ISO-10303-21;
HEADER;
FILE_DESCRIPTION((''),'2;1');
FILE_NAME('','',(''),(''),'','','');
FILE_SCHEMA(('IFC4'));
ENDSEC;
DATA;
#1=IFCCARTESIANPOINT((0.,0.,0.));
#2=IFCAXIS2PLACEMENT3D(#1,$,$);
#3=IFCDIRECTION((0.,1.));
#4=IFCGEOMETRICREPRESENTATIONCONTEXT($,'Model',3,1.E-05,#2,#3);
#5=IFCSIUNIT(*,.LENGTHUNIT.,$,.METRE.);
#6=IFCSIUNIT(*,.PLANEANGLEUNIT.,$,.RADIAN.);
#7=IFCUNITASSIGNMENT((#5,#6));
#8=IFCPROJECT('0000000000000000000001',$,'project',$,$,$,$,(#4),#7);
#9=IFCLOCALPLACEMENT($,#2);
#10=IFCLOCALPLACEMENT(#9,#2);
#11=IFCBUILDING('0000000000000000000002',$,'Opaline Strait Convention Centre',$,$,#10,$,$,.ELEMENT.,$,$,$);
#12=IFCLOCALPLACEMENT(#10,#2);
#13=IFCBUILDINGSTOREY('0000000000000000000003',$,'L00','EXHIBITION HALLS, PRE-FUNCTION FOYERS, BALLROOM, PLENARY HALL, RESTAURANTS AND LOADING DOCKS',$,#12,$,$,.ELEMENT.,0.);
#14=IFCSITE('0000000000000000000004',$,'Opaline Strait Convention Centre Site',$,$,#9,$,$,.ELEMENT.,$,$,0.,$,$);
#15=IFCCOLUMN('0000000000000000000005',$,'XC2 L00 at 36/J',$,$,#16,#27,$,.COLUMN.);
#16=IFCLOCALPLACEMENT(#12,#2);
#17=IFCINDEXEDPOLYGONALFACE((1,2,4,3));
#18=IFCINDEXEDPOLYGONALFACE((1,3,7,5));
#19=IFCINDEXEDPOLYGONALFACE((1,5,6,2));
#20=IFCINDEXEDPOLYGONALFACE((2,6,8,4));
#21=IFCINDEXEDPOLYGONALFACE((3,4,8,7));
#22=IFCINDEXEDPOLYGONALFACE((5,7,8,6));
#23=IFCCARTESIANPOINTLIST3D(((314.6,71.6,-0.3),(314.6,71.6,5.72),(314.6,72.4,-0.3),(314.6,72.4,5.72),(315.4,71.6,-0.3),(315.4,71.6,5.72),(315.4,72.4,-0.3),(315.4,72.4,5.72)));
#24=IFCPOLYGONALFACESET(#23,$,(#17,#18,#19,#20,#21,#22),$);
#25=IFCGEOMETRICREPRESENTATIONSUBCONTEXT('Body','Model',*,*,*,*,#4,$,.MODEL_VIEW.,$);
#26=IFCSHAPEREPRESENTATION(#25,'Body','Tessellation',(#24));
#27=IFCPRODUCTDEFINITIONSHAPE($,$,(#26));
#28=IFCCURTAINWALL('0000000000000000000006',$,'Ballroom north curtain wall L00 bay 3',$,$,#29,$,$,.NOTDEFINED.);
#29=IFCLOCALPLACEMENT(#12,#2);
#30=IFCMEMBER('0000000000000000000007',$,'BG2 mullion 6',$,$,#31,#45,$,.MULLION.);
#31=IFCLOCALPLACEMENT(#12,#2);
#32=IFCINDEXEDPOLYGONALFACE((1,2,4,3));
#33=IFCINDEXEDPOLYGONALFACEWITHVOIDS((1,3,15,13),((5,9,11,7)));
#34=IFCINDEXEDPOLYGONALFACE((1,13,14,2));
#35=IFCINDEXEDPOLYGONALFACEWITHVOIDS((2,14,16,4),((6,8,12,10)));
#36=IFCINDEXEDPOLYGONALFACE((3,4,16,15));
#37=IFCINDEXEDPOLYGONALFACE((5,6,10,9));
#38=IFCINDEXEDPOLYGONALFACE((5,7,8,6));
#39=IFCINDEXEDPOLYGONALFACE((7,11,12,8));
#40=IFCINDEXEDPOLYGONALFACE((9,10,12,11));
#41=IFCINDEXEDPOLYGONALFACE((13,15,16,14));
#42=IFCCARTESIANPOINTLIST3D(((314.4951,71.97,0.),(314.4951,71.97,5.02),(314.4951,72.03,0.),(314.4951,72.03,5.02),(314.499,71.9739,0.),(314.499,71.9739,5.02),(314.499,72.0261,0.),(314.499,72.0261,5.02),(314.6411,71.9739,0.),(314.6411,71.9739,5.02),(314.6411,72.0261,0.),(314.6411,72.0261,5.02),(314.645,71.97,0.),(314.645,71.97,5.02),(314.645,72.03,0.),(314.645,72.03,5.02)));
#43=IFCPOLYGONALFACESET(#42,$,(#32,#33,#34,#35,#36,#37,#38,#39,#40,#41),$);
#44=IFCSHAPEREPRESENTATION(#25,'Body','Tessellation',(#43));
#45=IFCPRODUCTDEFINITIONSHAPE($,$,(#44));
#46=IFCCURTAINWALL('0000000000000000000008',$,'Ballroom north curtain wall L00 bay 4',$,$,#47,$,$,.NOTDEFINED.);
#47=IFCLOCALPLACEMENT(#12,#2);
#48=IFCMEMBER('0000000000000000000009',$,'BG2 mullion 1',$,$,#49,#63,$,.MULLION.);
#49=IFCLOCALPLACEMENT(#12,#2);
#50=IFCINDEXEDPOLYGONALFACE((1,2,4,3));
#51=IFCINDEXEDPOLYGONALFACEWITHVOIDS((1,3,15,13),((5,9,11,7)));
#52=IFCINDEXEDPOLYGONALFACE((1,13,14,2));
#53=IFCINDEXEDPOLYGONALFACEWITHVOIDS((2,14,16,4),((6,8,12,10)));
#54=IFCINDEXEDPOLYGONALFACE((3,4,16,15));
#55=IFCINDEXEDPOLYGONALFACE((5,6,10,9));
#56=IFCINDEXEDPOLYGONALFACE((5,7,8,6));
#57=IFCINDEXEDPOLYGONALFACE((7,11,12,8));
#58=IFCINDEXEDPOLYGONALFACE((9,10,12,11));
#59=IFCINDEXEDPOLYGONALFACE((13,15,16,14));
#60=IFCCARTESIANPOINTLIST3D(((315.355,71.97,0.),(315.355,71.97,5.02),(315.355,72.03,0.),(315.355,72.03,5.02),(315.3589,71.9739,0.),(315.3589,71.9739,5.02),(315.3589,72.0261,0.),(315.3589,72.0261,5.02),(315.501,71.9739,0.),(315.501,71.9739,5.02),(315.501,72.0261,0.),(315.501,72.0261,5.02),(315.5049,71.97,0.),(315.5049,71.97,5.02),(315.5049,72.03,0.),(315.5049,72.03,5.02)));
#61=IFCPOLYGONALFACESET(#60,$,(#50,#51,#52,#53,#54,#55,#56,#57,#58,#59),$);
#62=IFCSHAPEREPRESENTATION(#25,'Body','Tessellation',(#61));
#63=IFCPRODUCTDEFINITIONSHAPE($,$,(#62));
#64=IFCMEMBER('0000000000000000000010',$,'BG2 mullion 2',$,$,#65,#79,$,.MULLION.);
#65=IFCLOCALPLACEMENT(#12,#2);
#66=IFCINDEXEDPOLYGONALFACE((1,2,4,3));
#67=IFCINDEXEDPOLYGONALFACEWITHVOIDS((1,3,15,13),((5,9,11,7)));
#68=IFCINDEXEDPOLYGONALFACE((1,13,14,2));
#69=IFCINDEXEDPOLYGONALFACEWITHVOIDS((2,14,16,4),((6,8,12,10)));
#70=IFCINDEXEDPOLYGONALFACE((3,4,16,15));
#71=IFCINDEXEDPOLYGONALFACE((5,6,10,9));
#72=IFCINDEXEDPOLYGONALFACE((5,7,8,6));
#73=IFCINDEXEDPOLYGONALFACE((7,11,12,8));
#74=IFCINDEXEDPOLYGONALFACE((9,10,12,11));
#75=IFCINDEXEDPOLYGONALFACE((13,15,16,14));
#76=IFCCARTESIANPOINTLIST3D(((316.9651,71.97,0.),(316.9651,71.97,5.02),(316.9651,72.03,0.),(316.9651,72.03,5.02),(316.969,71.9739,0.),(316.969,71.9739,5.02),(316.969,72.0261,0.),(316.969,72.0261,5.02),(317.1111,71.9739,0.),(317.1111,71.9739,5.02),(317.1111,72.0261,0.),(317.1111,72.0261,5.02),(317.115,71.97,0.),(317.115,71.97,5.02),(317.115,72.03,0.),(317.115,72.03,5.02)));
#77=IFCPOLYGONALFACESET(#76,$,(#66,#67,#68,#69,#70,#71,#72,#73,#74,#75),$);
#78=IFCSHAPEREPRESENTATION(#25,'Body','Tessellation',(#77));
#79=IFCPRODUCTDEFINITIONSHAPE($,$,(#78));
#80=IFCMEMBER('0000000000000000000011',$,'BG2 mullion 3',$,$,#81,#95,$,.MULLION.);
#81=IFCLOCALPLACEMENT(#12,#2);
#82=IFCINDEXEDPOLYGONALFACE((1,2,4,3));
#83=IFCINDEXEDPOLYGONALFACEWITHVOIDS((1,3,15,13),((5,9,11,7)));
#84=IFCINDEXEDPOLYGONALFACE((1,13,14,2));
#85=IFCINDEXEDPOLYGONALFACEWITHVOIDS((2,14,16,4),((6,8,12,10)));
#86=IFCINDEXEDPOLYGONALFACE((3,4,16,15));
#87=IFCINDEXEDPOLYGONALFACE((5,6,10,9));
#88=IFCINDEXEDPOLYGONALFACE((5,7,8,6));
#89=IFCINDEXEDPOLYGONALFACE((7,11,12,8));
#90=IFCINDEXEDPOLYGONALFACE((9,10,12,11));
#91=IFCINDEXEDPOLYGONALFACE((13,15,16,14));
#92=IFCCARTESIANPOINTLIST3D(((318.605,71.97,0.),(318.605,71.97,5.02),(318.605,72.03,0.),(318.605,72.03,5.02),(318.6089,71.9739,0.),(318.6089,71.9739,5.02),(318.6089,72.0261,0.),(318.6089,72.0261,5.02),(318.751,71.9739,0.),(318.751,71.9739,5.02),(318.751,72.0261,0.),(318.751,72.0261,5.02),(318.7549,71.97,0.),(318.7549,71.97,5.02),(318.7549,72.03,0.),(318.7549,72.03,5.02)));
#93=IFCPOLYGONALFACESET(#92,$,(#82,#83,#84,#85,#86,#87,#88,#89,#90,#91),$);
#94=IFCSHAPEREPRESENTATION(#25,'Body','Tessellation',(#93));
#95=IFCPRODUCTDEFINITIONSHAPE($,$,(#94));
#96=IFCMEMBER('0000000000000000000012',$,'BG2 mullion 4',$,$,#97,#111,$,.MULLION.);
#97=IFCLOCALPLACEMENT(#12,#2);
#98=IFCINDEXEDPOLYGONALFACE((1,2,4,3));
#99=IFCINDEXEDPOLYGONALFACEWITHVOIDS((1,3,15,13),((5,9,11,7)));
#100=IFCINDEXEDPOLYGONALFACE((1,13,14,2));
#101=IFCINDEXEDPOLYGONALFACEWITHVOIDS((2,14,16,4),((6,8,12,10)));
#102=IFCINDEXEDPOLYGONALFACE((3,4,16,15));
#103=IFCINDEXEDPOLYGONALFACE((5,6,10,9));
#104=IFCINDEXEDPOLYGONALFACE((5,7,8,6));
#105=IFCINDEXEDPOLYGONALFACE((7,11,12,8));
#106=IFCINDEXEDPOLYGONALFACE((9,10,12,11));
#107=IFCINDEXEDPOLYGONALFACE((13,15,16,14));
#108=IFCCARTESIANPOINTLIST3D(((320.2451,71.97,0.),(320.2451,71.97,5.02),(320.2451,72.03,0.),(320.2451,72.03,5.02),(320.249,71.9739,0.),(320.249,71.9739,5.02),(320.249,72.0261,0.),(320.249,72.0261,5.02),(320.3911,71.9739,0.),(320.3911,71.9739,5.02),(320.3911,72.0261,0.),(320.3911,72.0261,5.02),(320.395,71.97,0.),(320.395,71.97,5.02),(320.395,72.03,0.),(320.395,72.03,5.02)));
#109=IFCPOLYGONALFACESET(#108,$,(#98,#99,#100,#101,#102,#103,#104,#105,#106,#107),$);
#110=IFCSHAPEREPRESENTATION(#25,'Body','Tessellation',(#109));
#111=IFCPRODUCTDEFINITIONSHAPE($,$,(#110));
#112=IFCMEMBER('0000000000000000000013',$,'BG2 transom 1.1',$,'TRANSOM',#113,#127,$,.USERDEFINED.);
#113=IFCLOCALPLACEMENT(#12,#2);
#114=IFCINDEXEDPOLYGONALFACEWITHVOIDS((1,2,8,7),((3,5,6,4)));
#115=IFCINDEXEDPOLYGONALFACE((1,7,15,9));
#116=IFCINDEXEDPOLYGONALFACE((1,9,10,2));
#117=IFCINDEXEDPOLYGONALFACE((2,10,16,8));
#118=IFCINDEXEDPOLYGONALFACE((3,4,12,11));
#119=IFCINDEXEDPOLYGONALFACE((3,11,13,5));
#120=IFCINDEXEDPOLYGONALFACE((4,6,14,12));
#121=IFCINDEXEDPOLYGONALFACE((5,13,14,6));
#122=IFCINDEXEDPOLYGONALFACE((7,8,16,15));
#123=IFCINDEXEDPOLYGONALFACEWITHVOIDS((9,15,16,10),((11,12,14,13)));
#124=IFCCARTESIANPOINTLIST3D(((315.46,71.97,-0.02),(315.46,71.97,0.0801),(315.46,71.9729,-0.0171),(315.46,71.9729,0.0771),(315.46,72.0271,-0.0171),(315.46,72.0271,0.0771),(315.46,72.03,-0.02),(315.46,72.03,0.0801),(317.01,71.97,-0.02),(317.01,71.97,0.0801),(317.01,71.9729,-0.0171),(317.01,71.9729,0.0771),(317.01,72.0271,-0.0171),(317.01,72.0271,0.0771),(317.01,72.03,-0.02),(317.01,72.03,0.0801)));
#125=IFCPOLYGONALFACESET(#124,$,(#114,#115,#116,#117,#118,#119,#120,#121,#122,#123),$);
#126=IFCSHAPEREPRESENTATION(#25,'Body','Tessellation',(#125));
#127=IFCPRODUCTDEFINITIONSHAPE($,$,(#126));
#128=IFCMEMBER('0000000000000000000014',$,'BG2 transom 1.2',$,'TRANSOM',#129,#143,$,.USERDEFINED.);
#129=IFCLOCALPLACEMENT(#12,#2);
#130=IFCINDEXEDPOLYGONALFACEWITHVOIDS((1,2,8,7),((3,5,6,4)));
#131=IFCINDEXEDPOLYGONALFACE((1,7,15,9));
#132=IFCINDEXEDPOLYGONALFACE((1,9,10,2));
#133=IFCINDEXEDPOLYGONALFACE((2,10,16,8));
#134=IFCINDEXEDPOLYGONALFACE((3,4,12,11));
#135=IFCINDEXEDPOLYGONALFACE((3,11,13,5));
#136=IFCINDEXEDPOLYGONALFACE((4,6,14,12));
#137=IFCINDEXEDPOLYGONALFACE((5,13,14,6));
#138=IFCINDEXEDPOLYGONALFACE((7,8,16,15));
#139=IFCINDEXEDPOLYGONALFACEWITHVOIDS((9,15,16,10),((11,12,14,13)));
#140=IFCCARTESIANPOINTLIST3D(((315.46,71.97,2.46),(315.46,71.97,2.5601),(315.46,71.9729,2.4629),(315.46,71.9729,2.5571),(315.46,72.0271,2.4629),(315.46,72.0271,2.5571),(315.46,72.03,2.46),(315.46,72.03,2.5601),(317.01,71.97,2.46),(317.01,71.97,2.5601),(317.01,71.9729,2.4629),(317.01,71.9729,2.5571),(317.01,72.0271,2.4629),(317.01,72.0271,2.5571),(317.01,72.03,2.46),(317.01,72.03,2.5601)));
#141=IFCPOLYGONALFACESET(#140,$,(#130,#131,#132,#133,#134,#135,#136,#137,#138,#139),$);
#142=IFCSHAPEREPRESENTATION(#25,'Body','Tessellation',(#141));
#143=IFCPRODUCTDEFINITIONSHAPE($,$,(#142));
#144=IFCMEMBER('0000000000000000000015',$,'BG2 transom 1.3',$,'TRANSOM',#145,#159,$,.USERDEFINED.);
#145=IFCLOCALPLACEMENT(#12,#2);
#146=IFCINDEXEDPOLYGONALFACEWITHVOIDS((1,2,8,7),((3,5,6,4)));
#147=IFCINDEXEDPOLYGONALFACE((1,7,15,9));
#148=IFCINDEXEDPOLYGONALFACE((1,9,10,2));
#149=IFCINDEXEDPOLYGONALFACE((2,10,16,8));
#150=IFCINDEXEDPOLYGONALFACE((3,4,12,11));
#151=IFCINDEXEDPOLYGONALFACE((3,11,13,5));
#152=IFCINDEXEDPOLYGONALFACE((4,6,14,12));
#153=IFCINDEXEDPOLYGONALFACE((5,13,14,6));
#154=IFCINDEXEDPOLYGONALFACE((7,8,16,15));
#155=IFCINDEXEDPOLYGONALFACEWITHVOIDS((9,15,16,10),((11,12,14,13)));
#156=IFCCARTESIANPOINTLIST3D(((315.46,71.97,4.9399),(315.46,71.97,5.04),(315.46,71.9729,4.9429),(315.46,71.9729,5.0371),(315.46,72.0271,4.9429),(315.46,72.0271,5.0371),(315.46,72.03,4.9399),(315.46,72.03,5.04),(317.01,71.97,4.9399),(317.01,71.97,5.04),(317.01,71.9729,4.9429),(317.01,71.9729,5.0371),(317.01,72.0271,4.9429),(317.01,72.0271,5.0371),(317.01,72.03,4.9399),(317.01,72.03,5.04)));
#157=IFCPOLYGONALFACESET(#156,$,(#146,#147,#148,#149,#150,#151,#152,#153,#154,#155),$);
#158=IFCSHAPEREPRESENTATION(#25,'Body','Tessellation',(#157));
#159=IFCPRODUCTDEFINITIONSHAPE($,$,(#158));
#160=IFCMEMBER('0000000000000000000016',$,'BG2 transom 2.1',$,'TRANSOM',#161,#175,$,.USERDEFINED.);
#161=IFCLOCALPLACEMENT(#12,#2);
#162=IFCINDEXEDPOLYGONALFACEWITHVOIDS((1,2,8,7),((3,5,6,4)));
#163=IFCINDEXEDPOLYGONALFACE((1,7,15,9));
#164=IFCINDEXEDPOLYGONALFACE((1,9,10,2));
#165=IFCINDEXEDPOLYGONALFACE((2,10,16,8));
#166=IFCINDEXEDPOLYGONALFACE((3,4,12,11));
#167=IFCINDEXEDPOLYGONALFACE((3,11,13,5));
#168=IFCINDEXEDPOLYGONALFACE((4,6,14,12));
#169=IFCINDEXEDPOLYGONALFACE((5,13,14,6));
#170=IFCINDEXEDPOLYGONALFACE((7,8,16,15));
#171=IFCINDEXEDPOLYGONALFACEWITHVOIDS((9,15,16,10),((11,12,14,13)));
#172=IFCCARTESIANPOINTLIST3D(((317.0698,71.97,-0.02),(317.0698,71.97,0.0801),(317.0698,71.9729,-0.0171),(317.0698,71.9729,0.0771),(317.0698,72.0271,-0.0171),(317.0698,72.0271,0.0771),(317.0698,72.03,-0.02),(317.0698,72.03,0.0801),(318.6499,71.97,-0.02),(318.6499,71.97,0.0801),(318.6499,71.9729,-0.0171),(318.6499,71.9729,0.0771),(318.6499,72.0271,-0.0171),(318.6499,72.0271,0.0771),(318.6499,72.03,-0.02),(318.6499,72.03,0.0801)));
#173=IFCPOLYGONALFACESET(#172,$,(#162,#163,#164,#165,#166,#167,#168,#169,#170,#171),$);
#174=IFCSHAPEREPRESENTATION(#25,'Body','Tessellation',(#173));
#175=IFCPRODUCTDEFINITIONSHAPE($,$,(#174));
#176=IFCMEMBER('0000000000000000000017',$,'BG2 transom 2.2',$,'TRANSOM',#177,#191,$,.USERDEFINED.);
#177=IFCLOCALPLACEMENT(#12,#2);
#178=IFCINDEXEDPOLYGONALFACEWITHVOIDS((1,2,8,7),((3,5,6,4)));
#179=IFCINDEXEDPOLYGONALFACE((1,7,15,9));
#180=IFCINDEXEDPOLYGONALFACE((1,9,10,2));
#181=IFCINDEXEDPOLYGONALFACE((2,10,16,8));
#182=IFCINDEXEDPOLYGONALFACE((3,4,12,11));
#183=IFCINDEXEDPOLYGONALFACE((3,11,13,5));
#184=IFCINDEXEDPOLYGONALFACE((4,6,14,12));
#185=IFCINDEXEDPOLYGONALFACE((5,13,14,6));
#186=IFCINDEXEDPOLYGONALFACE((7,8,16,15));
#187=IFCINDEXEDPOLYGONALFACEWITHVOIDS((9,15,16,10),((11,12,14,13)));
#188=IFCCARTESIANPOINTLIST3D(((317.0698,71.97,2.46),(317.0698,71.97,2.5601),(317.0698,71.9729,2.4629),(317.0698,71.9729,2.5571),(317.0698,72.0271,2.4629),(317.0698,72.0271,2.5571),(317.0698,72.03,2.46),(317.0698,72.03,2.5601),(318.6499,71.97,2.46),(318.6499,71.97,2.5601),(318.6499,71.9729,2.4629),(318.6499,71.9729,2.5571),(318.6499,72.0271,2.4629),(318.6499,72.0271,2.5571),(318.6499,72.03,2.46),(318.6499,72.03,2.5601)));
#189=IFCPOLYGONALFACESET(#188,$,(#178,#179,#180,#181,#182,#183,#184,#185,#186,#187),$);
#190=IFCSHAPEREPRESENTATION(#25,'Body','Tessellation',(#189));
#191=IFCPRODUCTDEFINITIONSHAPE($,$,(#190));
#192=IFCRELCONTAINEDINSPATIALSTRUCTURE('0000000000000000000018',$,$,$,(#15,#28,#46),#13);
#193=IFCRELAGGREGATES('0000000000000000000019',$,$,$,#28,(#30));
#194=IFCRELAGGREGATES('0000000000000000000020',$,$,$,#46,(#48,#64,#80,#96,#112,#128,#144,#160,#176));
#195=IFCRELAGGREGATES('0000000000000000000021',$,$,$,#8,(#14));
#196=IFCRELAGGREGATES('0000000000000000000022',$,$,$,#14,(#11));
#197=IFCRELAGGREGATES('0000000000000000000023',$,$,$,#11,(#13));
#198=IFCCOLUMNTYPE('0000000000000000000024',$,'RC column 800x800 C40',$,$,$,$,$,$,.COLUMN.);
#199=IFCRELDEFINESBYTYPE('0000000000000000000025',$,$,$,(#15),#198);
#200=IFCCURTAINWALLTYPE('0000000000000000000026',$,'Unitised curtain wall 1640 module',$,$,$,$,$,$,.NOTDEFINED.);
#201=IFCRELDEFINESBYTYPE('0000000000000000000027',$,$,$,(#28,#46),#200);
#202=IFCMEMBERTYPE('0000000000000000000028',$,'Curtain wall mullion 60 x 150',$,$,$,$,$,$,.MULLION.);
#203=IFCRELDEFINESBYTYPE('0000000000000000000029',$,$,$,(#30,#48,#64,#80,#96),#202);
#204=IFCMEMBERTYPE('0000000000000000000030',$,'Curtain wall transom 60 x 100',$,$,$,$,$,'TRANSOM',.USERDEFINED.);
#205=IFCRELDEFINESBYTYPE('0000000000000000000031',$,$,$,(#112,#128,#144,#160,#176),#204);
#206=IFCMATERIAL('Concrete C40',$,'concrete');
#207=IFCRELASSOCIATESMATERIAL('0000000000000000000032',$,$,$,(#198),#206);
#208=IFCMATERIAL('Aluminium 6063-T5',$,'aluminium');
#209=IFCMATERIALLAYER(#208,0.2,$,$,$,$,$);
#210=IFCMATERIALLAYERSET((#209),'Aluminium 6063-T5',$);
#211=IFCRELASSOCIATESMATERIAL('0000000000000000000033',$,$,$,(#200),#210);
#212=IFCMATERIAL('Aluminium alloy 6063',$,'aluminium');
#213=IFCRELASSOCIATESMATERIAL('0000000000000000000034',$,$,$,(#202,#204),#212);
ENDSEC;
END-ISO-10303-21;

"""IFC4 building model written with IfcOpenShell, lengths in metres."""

from ifc_helpers import new_model, si_unit, direction, frame, origin, origin_2d, place, context, subcontext, project, spatial, rectangle, hollow_rectangle, extrude, material, layer, layer_set, material_profile, profile_set, type_object, element, aggregate, save


model = new_model("IFC4")

# Units and contexts
model_context = context("Model", 3, precision=1e-05, world=origin(), true_north=direction((0.0, 1.0)))
body_context = subcontext(model_context, "Body", "Model", "MODEL_VIEW")
ifc_project = project(units=[si_unit("LENGTHUNIT", "METRE"), si_unit("PLANEANGLEUNIT", "RADIAN")], contexts=[model_context])

# Site, building, storey
site_placement = place(None, origin())
site = spatial("IfcSite", under=ifc_project, at=site_placement, Name="Opaline Strait Convention Centre Site", CompositionType="ELEMENT", RefElevation=0.0)
building_placement = place(site_placement, origin())
building = spatial("IfcBuilding", under=site, at=building_placement, Name="Opaline Strait Convention Centre", CompositionType="ELEMENT")
storey_placement = place(building_placement, origin())
storey = spatial("IfcBuildingStorey", under=building, at=storey_placement, Name="L00", Description="EXHIBITION HALLS, PRE-FUNCTION FOYERS, BALLROOM, PLENARY HALL, RESTAURANTS AND LOADING DOCKS", CompositionType="ELEMENT", Elevation=0.0)

# Column
ifc_material_1 = material(Name="Concrete C40", Category="concrete")
ifc_material_profile_1 = material_profile(ifc_material_1, rectangle(XDim=0.8, YDim=0.8, at=origin_2d()), Name="RC 800x800")
ifc_profile_set_1 = profile_set([ifc_material_profile_1], Name="Concrete C40")
column_type = type_object("IfcColumnType", Name="RC column 800x800 C40", PredefinedType="COLUMN", material=ifc_profile_set_1)
column_placement = place(storey_placement, frame((315.0, 72.0, -0.3), z_axis=(0.0, 0.0, 1.0), x_axis=(1.0, 0.0, 0.0)))
element("IfcColumn", 1, at=column_placement, inside=storey, type_object=column_type, Name="XC2 L00 at 36/J", PredefinedType="COLUMN", context=body_context, shape_type="SweptSolid", body=[
    extrude(rectangle(XDim=0.8, YDim=0.8, at=origin_2d()), origin(), (0.0, 0.0, 1.0), 6.02),
])

# Curtain wall, member
ifc_material_2 = material(Name="Aluminium 6063-T5", Category="aluminium")
ifc_layer_1 = layer(ifc_material_2, 0.2)
ifc_layer_set_1 = layer_set([ifc_layer_1], Name="Aluminium 6063-T5")
curtain_wall_type = type_object("IfcCurtainWallType", Name="Unitised curtain wall 1640 module", PredefinedType="NOTDEFINED", material=ifc_layer_set_1)
curtain_wall_1_placement = place(storey_placement, origin())
curtain_wall_1 = element("IfcCurtainWall", 2, at=curtain_wall_1_placement, inside=storey, type_object=curtain_wall_type, Name="Ballroom north curtain wall L00 bay 3", PredefinedType="NOTDEFINED")
ifc_material_3 = material(Name="Aluminium alloy 6063", Category="aluminium")
ifc_material_profile_2 = material_profile(ifc_material_3, hollow_rectangle(XDim=0.0601, YDim=0.1499, WallThickness=0.0039, at=origin_2d()), Name="MULLION 60x150x4")
ifc_profile_set_2 = profile_set([ifc_material_profile_2], Name="Aluminium alloy 6063")
member_type_1 = type_object("IfcMemberType", Name="Curtain wall mullion 60 x 150", PredefinedType="MULLION", material=ifc_profile_set_2)
member_1_placement = place(storey_placement, frame((314.5701, 72.0, 0.0), z_axis=(0.0, 0.0, 1.0), x_axis=(0.0, 1.0, 0.0)))
member_1 = element("IfcMember", 3, at=member_1_placement, type_object=member_type_1, Name="BG2 mullion 6", PredefinedType="MULLION", context=body_context, shape_type="SweptSolid", body=[
    extrude(hollow_rectangle(XDim=0.0601, YDim=0.1499, WallThickness=0.0039, at=origin_2d()), origin(), (0.0, 0.0, 1.0), 5.02),
])
aggregate(curtain_wall_1, [member_1])

# Curtain wall, members
curtain_wall_2_placement = place(storey_placement, origin())
curtain_wall_2 = element("IfcCurtainWall", 4, at=curtain_wall_2_placement, inside=storey, type_object=curtain_wall_type, Name="Ballroom north curtain wall L00 bay 4", PredefinedType="NOTDEFINED")
member_2_placement = place(storey_placement, frame((315.4299, 72.0, 0.0), z_axis=(0.0, 0.0, 1.0), x_axis=(0.0, 1.0, 0.0)))
member_2 = element("IfcMember", 5, at=member_2_placement, type_object=member_type_1, Name="BG2 mullion 1", PredefinedType="MULLION", context=body_context, shape_type="SweptSolid", body=[
    extrude(hollow_rectangle(XDim=0.0601, YDim=0.1499, WallThickness=0.0039, at=origin_2d()), origin(), (0.0, 0.0, 1.0), 5.02),
])
member_3_placement = place(storey_placement, frame((317.04, 72.0, 0.0), z_axis=(0.0, 0.0, 1.0), x_axis=(0.0, 1.0, 0.0)))
member_3 = element("IfcMember", 6, at=member_3_placement, type_object=member_type_1, Name="BG2 mullion 2", PredefinedType="MULLION", context=body_context, shape_type="SweptSolid", body=[
    extrude(hollow_rectangle(XDim=0.0601, YDim=0.1499, WallThickness=0.0039, at=origin_2d()), origin(), (0.0, 0.0, 1.0), 5.02),
])
member_4_placement = place(storey_placement, frame((318.6799, 72.0, 0.0), z_axis=(0.0, 0.0, 1.0), x_axis=(0.0, 1.0, 0.0)))
member_4 = element("IfcMember", 7, at=member_4_placement, type_object=member_type_1, Name="BG2 mullion 3", PredefinedType="MULLION", context=body_context, shape_type="SweptSolid", body=[
    extrude(hollow_rectangle(XDim=0.0601, YDim=0.1499, WallThickness=0.0039, at=origin_2d()), origin(), (0.0, 0.0, 1.0), 5.02),
])
member_5_placement = place(storey_placement, frame((320.3201, 72.0, 0.0), z_axis=(0.0, 0.0, 1.0), x_axis=(0.0, 1.0, 0.0)))
member_5 = element("IfcMember", 8, at=member_5_placement, type_object=member_type_1, Name="BG2 mullion 4", PredefinedType="MULLION", context=body_context, shape_type="SweptSolid", body=[
    extrude(hollow_rectangle(XDim=0.0601, YDim=0.1499, WallThickness=0.0039, at=origin_2d()), origin(), (0.0, 0.0, 1.0), 5.02),
])
ifc_material_profile_3 = material_profile(ifc_material_3, hollow_rectangle(XDim=0.0601, YDim=0.1001, WallThickness=0.0029, at=origin_2d()), Name="TRANSOM 60x100x3")
ifc_profile_set_3 = profile_set([ifc_material_profile_3], Name="Aluminium alloy 6063")
member_type_2 = type_object("IfcMemberType", Name="Curtain wall transom 60 x 100", ElementType="TRANSOM", PredefinedType="USERDEFINED", material=ifc_profile_set_3)
member_6_placement = place(storey_placement, frame((315.46, 72.0, 0.03), z_axis=(1.0, 0.0, 0.0), x_axis=(0.0, 1.0, 0.0)))
member_6 = element("IfcMember", 9, at=member_6_placement, type_object=member_type_2, Name="BG2 transom 1.1", ObjectType="TRANSOM", PredefinedType="USERDEFINED", context=body_context, shape_type="SweptSolid", body=[
    extrude(hollow_rectangle(XDim=0.0601, YDim=0.1001, WallThickness=0.0029, at=origin_2d()), origin(), (0.0, 0.0, 1.0), 1.55),
])
member_7_placement = place(storey_placement, frame((315.46, 72.0, 2.51), z_axis=(1.0, 0.0, 0.0), x_axis=(0.0, 1.0, 0.0)))
member_7 = element("IfcMember", 10, at=member_7_placement, type_object=member_type_2, Name="BG2 transom 1.2", ObjectType="TRANSOM", PredefinedType="USERDEFINED", context=body_context, shape_type="SweptSolid", body=[
    extrude(hollow_rectangle(XDim=0.0601, YDim=0.1001, WallThickness=0.0029, at=origin_2d()), origin(), (0.0, 0.0, 1.0), 1.55),
])
member_8_placement = place(storey_placement, frame((315.46, 72.0, 4.99), z_axis=(1.0, 0.0, 0.0), x_axis=(0.0, 1.0, 0.0)))
member_8 = element("IfcMember", 11, at=member_8_placement, type_object=member_type_2, Name="BG2 transom 1.3", ObjectType="TRANSOM", PredefinedType="USERDEFINED", context=body_context, shape_type="SweptSolid", body=[
    extrude(hollow_rectangle(XDim=0.0601, YDim=0.1001, WallThickness=0.0029, at=origin_2d()), origin(), (0.0, 0.0, 1.0), 1.55),
])
member_9_placement = place(storey_placement, frame((317.0698, 72.0, 0.03), z_axis=(1.0, 0.0, 0.0), x_axis=(0.0, 1.0, 0.0)))
member_9 = element("IfcMember", 12, at=member_9_placement, type_object=member_type_2, Name="BG2 transom 2.1", ObjectType="TRANSOM", PredefinedType="USERDEFINED", context=body_context, shape_type="SweptSolid", body=[
    extrude(hollow_rectangle(XDim=0.0601, YDim=0.1001, WallThickness=0.0029, at=origin_2d()), origin(), (0.0, 0.0, 1.0), 1.5801),
])
member_10_placement = place(storey_placement, frame((317.0698, 72.0, 2.51), z_axis=(1.0, 0.0, 0.0), x_axis=(0.0, 1.0, 0.0)))
member_10 = element("IfcMember", 13, at=member_10_placement, type_object=member_type_2, Name="BG2 transom 2.2", ObjectType="TRANSOM", PredefinedType="USERDEFINED", context=body_context, shape_type="SweptSolid", body=[
    extrude(hollow_rectangle(XDim=0.0601, YDim=0.1001, WallThickness=0.0029, at=origin_2d()), origin(), (0.0, 0.0, 1.0), 1.5801),
])

aggregate(curtain_wall_2, [member_2, member_3, member_4, member_5, member_6, member_7, member_8, member_9, member_10])

save(model, "model.ifc")
